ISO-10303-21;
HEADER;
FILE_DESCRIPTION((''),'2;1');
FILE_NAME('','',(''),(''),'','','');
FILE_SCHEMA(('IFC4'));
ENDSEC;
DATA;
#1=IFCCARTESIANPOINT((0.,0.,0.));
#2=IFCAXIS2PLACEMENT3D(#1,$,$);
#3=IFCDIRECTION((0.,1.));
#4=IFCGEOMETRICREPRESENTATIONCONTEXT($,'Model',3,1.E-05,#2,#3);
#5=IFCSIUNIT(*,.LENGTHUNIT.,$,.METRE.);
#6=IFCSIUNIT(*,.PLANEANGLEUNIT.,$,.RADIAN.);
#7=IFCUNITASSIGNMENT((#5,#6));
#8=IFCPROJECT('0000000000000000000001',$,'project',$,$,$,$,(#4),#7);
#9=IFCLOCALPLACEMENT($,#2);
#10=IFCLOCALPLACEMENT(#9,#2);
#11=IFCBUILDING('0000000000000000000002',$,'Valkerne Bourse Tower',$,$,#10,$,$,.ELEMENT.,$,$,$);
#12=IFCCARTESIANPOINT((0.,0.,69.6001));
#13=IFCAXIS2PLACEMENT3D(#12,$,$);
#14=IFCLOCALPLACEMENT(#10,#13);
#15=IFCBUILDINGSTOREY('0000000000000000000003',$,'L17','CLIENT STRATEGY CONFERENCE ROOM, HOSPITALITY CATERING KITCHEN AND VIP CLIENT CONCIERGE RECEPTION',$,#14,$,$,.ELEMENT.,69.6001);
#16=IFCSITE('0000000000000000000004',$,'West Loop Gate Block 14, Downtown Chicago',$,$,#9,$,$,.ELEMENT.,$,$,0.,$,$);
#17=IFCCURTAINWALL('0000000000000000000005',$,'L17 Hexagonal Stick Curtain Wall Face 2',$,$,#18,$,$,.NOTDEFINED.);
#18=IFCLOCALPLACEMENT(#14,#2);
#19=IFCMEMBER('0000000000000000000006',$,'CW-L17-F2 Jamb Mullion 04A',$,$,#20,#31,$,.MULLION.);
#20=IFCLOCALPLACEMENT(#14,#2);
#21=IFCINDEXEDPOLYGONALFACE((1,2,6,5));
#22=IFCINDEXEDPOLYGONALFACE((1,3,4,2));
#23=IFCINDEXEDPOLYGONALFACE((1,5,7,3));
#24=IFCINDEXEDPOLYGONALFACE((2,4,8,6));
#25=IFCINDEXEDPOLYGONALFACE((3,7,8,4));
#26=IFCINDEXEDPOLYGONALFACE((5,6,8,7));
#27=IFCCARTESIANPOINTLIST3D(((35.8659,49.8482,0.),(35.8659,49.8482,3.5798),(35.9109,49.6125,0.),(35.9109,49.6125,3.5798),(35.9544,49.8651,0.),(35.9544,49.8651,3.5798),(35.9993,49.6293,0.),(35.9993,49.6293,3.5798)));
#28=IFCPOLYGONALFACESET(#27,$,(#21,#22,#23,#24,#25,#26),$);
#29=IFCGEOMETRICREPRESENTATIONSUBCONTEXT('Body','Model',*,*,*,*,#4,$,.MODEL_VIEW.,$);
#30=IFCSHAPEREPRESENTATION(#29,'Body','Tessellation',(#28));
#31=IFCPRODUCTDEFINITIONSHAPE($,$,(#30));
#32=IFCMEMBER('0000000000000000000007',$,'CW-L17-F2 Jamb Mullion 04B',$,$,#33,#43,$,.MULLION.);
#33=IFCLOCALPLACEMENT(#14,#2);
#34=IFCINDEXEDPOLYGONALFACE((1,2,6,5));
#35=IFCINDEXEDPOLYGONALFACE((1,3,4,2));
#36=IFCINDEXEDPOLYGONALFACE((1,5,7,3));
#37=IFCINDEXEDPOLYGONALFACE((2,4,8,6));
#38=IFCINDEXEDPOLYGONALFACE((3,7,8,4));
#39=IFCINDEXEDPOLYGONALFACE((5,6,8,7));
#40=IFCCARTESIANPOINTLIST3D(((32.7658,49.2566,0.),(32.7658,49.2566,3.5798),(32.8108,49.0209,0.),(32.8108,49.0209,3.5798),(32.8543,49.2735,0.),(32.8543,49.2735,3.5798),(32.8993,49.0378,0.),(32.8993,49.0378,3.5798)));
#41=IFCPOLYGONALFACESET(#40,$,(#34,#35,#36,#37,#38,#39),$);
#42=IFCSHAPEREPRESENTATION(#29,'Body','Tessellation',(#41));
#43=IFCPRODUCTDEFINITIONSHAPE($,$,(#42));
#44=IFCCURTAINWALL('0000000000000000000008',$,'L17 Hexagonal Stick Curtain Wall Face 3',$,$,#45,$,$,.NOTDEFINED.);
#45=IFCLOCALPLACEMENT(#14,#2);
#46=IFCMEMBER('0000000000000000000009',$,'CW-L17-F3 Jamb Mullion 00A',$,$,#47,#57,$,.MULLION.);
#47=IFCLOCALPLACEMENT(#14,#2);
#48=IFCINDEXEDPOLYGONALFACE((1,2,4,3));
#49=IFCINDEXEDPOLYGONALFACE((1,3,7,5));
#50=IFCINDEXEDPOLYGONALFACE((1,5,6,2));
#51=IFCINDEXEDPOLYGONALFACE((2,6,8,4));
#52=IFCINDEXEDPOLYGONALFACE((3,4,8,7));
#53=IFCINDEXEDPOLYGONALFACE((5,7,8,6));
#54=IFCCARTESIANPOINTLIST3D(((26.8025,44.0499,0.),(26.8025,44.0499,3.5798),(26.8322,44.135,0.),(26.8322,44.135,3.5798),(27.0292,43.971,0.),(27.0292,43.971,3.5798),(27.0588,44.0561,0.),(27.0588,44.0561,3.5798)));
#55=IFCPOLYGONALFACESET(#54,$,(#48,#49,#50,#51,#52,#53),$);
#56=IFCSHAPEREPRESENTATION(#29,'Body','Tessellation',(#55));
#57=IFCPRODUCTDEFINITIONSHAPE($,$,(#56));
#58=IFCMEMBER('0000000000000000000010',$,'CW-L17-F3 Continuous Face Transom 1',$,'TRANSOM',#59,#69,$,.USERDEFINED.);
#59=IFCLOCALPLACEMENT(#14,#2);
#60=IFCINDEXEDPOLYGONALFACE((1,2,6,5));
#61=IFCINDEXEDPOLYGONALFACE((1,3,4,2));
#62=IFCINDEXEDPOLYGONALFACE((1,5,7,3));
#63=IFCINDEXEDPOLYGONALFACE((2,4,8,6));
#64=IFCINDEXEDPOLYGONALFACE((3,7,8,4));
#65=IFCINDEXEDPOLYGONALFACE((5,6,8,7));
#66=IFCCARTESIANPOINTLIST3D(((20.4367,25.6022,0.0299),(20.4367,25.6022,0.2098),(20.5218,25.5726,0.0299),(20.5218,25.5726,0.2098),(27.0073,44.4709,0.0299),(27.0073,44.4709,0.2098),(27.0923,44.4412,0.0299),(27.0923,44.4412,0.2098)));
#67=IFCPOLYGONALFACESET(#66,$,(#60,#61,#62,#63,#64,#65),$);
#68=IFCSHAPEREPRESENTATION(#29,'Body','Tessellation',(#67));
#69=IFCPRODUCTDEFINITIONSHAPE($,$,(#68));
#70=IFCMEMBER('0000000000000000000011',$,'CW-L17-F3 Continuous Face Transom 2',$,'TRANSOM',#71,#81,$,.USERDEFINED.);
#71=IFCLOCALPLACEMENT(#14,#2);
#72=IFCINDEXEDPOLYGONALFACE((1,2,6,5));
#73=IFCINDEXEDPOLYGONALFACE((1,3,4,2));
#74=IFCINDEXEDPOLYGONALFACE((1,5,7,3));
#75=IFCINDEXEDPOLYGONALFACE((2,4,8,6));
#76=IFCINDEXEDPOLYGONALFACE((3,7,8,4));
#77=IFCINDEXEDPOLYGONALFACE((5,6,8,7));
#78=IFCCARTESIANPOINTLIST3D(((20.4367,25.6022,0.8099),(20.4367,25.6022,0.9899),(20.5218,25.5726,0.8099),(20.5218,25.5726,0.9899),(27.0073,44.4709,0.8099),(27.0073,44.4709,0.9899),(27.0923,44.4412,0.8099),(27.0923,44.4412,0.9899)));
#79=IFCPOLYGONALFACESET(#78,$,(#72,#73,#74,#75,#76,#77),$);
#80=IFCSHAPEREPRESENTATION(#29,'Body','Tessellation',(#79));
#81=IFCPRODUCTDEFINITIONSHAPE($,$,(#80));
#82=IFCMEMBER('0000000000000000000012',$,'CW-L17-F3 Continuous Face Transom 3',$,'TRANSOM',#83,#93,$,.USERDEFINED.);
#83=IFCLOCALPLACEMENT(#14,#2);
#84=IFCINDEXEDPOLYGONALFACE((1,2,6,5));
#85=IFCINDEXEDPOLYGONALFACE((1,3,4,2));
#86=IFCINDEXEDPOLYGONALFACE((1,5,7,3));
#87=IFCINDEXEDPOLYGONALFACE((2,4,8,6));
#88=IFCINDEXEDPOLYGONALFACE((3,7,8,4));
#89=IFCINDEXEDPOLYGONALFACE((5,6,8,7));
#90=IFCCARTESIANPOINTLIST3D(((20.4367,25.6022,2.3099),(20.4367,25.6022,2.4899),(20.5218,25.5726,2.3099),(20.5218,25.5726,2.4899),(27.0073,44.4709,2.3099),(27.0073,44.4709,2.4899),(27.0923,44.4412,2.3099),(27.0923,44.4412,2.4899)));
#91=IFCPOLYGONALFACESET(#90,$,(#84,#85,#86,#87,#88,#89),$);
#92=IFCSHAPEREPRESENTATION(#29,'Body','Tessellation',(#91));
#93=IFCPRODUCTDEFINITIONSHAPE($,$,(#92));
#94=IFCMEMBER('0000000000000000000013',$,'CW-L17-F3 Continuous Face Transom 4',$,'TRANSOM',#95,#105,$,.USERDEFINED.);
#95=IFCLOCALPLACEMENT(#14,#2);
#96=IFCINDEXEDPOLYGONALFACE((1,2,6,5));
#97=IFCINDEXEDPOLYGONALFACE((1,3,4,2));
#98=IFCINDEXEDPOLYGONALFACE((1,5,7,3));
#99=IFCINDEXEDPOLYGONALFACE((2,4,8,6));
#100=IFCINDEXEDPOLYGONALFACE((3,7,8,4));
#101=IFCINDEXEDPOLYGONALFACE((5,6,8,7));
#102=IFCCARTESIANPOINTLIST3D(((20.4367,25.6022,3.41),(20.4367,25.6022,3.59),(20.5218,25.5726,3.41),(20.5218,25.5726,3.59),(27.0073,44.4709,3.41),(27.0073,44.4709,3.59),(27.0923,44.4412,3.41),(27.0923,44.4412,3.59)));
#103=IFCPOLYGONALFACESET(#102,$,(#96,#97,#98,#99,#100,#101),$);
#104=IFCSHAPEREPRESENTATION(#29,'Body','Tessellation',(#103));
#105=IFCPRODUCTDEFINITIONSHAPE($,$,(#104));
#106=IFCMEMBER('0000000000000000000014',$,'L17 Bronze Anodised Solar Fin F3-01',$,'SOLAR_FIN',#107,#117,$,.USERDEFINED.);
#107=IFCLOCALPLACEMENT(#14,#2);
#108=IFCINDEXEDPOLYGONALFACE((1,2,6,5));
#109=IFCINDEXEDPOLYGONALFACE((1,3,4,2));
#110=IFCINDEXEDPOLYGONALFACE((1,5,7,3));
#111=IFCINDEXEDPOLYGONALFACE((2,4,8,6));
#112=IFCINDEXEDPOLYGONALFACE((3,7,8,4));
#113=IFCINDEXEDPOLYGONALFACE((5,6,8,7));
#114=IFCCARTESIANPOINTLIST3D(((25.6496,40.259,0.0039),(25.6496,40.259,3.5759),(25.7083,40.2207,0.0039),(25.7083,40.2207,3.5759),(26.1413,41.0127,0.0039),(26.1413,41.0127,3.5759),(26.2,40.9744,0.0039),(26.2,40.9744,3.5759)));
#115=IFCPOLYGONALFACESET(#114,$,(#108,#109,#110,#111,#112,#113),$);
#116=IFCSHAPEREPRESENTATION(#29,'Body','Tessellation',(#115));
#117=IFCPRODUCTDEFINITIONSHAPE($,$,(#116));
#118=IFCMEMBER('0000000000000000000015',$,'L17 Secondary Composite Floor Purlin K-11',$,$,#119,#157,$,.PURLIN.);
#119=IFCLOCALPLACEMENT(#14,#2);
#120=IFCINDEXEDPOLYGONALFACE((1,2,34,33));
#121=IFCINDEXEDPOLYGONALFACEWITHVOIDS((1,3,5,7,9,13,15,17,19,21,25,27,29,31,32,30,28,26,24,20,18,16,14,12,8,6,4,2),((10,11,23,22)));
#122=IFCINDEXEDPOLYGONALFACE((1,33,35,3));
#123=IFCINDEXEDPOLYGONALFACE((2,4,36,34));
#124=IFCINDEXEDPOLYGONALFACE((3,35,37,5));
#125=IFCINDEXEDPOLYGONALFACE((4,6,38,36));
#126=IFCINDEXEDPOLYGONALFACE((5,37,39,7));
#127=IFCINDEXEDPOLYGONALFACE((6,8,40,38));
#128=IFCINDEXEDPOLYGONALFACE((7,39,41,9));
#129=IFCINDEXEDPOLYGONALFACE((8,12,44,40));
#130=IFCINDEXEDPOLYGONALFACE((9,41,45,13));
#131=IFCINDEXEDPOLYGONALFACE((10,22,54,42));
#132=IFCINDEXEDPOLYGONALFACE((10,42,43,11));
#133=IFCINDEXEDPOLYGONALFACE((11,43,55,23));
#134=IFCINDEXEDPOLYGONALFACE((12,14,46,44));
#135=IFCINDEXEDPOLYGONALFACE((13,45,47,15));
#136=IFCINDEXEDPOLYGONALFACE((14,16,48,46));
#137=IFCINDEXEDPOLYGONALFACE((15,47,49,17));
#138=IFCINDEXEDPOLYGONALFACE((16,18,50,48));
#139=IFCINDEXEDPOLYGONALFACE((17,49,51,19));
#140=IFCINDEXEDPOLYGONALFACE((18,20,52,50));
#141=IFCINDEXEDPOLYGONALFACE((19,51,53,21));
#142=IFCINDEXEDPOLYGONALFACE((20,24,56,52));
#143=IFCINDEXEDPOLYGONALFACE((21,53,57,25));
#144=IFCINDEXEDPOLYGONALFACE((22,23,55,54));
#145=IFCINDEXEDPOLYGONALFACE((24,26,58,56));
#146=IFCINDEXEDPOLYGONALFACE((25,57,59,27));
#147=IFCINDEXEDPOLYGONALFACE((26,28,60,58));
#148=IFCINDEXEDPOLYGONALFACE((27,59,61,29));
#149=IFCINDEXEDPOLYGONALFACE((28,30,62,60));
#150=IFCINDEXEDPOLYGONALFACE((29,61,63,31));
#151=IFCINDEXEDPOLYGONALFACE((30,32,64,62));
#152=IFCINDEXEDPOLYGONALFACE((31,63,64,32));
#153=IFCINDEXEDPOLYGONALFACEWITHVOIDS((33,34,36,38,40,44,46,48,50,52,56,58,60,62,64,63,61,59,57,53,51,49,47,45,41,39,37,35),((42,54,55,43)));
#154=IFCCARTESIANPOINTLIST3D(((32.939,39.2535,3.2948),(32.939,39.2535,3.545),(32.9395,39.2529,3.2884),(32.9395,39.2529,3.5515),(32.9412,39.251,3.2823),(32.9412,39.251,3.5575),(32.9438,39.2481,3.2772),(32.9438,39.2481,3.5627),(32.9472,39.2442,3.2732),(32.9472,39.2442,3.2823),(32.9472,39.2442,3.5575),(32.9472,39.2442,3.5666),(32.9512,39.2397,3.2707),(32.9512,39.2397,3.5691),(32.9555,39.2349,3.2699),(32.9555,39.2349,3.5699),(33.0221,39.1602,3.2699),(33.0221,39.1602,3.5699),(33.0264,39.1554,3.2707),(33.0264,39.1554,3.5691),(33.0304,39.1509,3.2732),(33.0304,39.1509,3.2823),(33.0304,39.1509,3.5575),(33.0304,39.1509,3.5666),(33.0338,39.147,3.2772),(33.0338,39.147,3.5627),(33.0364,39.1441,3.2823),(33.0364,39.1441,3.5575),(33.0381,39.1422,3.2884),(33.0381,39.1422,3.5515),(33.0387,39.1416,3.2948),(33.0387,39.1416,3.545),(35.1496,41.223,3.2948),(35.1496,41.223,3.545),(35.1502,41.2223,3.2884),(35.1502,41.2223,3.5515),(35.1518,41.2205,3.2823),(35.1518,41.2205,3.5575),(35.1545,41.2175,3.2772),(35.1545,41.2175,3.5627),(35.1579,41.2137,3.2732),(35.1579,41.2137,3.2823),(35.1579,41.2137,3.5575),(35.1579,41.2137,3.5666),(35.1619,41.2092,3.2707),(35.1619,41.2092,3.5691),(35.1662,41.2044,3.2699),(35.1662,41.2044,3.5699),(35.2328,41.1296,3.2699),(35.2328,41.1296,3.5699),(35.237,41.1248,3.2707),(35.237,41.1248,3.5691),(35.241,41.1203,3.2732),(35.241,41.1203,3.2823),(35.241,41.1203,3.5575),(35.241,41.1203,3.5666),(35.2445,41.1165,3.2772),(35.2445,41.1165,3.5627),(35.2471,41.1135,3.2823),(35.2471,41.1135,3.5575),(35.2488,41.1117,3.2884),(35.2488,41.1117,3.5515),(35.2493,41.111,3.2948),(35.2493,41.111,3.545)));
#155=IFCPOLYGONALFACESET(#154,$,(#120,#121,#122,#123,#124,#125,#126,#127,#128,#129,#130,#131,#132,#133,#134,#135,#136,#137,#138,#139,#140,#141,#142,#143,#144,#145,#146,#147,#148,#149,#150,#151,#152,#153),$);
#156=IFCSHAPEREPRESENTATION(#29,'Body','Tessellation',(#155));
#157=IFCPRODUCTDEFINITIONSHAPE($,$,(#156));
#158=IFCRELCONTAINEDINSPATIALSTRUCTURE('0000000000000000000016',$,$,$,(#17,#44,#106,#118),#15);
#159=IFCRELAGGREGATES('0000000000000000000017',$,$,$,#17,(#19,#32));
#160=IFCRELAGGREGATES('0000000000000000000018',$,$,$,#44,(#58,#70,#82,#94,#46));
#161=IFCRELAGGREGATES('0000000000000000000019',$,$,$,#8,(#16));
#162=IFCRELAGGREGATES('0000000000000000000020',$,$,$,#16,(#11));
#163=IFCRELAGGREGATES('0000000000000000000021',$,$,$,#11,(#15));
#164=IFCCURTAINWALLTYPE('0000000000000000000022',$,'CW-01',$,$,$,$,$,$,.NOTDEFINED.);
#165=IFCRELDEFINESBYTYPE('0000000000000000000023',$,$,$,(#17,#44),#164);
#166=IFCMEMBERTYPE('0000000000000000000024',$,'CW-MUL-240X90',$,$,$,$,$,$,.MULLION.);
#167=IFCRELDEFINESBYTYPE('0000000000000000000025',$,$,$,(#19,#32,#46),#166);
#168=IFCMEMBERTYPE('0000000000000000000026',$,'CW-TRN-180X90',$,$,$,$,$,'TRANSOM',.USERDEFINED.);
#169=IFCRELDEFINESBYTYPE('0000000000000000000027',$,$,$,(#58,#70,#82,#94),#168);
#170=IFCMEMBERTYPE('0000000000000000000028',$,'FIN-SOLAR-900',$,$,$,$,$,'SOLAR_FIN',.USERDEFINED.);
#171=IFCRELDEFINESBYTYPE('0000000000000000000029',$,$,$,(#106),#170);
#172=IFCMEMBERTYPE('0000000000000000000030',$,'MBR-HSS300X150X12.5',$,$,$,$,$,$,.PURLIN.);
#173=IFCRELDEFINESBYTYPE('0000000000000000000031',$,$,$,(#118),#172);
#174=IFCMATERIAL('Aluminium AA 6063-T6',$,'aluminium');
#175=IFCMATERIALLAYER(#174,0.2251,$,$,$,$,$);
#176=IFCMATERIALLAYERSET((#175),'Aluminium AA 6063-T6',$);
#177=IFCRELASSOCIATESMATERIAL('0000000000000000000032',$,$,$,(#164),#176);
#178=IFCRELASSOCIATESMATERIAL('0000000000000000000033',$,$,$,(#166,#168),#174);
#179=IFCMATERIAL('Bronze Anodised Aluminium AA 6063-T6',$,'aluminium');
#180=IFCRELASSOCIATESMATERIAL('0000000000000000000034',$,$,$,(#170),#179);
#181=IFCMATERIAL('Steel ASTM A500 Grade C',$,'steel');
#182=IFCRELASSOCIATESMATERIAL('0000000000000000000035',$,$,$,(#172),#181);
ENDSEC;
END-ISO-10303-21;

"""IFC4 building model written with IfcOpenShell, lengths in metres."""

from ifc_helpers import new_model, si_unit, direction, frame, origin, origin_2d, place, context, subcontext, project, spatial, rectangle, hollow_rectangle, extrude, material, layer, layer_set, material_profile, profile_set, type_object, element, aggregate, save


model = new_model("IFC4")

# Units and contexts
model_context = context("Model", 3, precision=1e-05, world=origin(), true_north=direction((0.0, 1.0)))
body_context = subcontext(model_context, "Body", "Model", "MODEL_VIEW")
ifc_project = project(units=[si_unit("LENGTHUNIT", "METRE"), si_unit("PLANEANGLEUNIT", "RADIAN")], contexts=[model_context])

# Site, building, storey
site_placement = place(None, origin())
site = spatial("IfcSite", under=ifc_project, at=site_placement, Name="West Loop Gate Block 14, Downtown Chicago", CompositionType="ELEMENT", RefElevation=0.0)
building_placement = place(site_placement, origin())
building = spatial("IfcBuilding", under=site, at=building_placement, Name="Valkerne Bourse Tower", CompositionType="ELEMENT")
storey_placement = place(building_placement, frame((0.0, 0.0, 69.6001)))
storey = spatial("IfcBuildingStorey", under=building, at=storey_placement, Name="L17", Description="CLIENT STRATEGY CONFERENCE ROOM, HOSPITALITY CATERING KITCHEN AND VIP CLIENT CONCIERGE RECEPTION", CompositionType="ELEMENT", Elevation=69.6001)

# Curtain walls, members
ifc_material_1 = material(Name="Aluminium AA 6063-T6", Category="aluminium")
ifc_layer_1 = layer(ifc_material_1, 0.2251)
ifc_layer_set_1 = layer_set([ifc_layer_1], Name="Aluminium AA 6063-T6")
curtain_wall_type = type_object("IfcCurtainWallType", Name="CW-01", PredefinedType="NOTDEFINED", material=ifc_layer_set_1)
curtain_wall_1_placement = place(storey_placement, origin())
curtain_wall_1 = element("IfcCurtainWall", 1, at=curtain_wall_1_placement, inside=storey, type_object=curtain_wall_type, Name="L17 Hexagonal Stick Curtain Wall Face 2", PredefinedType="NOTDEFINED")
ifc_material_profile_1 = material_profile(ifc_material_1, rectangle(XDim=0.0901, YDim=0.24, at=origin_2d()), Name="CWM-90X240")
ifc_profile_set_1 = profile_set([ifc_material_profile_1], Name="Aluminium AA 6063-T6")
member_type_1 = type_object("IfcMemberType", Name="CW-MUL-240X90", PredefinedType="MULLION", material=ifc_profile_set_1)
member_1_placement = place(storey_placement, frame((35.9326, 49.7388, 0.0), z_axis=(0.0, 0.0, 1.0), x_axis=(-0.982286, -0.187388, 0.0)))
member_1 = element("IfcMember", 2, at=member_1_placement, type_object=member_type_1, Name="CW-L17-F2 Jamb Mullion 04A", PredefinedType="MULLION", context=body_context, shape_type="SweptSolid", body=[
    extrude(rectangle(XDim=0.0901, YDim=0.24, at=origin_2d()), origin(), (0.0, 0.0, 1.0), 3.5798),
])
member_2_placement = place(storey_placement, frame((32.8325, 49.1472, 0.0), z_axis=(0.0, 0.0, 1.0), x_axis=(-0.982286, -0.187388, 0.0)))
member_2 = element("IfcMember", 3, at=member_2_placement, type_object=member_type_1, Name="CW-L17-F2 Jamb Mullion 04B", PredefinedType="MULLION", context=body_context, shape_type="SweptSolid", body=[
    extrude(rectangle(XDim=0.0901, YDim=0.24, at=origin_2d()), origin(), (0.0, 0.0, 1.0), 3.5798),
])
curtain_wall_2_placement = place(storey_placement, origin())
curtain_wall_2 = element("IfcCurtainWall", 4, at=curtain_wall_2_placement, inside=storey, type_object=curtain_wall_type, Name="L17 Hexagonal Stick Curtain Wall Face 3", PredefinedType="NOTDEFINED")
member_3_placement = place(storey_placement, frame((26.9307, 44.053, 0.0), z_axis=(0.0, 0.0, 1.0), x_axis=(-0.328857, -0.94438, 0.0)))
member_3 = element("IfcMember", 5, at=member_3_placement, type_object=member_type_1, Name="CW-L17-F3 Jamb Mullion 00A", PredefinedType="MULLION", context=body_context, shape_type="SweptSolid", body=[
    extrude(rectangle(XDim=0.0901, YDim=0.24, at=origin_2d()), origin(), (0.0, 0.0, 1.0), 3.5798),
])
ifc_material_profile_2 = material_profile(ifc_material_1, rectangle(XDim=0.0901, YDim=0.1799, at=origin_2d()), Name="CWT-90X180")
ifc_profile_set_2 = profile_set([ifc_material_profile_2], Name="Aluminium AA 6063-T6")
member_type_2 = type_object("IfcMemberType", Name="CW-TRN-180X90", ElementType="TRANSOM", PredefinedType="USERDEFINED", material=ifc_profile_set_2)
member_4_placement = place(storey_placement, frame((27.0498, 44.4561, 0.1199), z_axis=(-0.328858, -0.94438, 0.0), x_axis=(0.94438, -0.328858, 0.0)))
member_4 = element("IfcMember", 6, at=member_4_placement, type_object=member_type_2, Name="CW-L17-F3 Continuous Face Transom 1", ObjectType="TRANSOM", PredefinedType="USERDEFINED", context=body_context, shape_type="SweptSolid", body=[
    extrude(rectangle(XDim=0.0901, YDim=0.1799, at=origin_2d()), origin(), (0.0, 0.0, 1.0), 19.98),
])
member_5_placement = place(storey_placement, frame((27.0498, 44.4561, 0.8999), z_axis=(-0.328858, -0.94438, 0.0), x_axis=(0.94438, -0.328858, 0.0)))
member_5 = element("IfcMember", 7, at=member_5_placement, type_object=member_type_2, Name="CW-L17-F3 Continuous Face Transom 2", ObjectType="TRANSOM", PredefinedType="USERDEFINED", context=body_context, shape_type="SweptSolid", body=[
    extrude(rectangle(XDim=0.0901, YDim=0.1799, at=origin_2d()), origin(), (0.0, 0.0, 1.0), 19.98),
])
member_6_placement = place(storey_placement, frame((27.0498, 44.4561, 2.3999), z_axis=(-0.328858, -0.94438, 0.0), x_axis=(0.94438, -0.328858, 0.0)))
member_6 = element("IfcMember", 8, at=member_6_placement, type_object=member_type_2, Name="CW-L17-F3 Continuous Face Transom 3", ObjectType="TRANSOM", PredefinedType="USERDEFINED", context=body_context, shape_type="SweptSolid", body=[
    extrude(rectangle(XDim=0.0901, YDim=0.1799, at=origin_2d()), origin(), (0.0, 0.0, 1.0), 19.98),
])
member_7_placement = place(storey_placement, frame((27.0498, 44.4561, 3.5), z_axis=(-0.328858, -0.94438, 0.0), x_axis=(0.94438, -0.328858, 0.0)))
member_7 = element("IfcMember", 9, at=member_7_placement, type_object=member_type_2, Name="CW-L17-F3 Continuous Face Transom 4", ObjectType="TRANSOM", PredefinedType="USERDEFINED", context=body_context, shape_type="SweptSolid", body=[
    extrude(rectangle(XDim=0.0901, YDim=0.1799, at=origin_2d()), origin(), (0.0, 0.0, 1.0), 19.98),
])

# Members
ifc_material_2 = material(Name="Bronze Anodised Aluminium AA 6063-T6", Category="aluminium")
ifc_material_profile_3 = material_profile(ifc_material_2, rectangle(XDim=0.0701, YDim=0.8999, at=origin_2d()), Name="FIN-70X900")
ifc_profile_set_3 = profile_set([ifc_material_profile_3], Name="Bronze Anodised Aluminium AA 6063-T6")
member_type_3 = type_object("IfcMemberType", Name="FIN-SOLAR-900", ElementType="SOLAR_FIN", PredefinedType="USERDEFINED", material=ifc_profile_set_3)
member_8_placement = place(storey_placement, frame((25.9248, 40.6167, 0.0039), z_axis=(0.0, 0.0, 1.0), x_axis=(-0.837564, 0.54634, 0.0)))
element("IfcMember", 10, at=member_8_placement, inside=storey, type_object=member_type_3, Name="L17 Bronze Anodised Solar Fin F3-01", ObjectType="SOLAR_FIN", PredefinedType="USERDEFINED", context=body_context, shape_type="SweptSolid", body=[
    extrude(rectangle(XDim=0.0701, YDim=0.8999, at=origin_2d()), origin(), (0.0, 0.0, 1.0), 3.572),
])
ifc_material_3 = material(Name="Steel ASTM A500 Grade C", Category="steel")
ifc_material_profile_4 = material_profile(ifc_material_3, hollow_rectangle(XDim=0.1499, YDim=0.3, WallThickness=0.0125, OuterFilletRadius=0.0249, at=origin_2d()), Name="HSS300X150X12.5")
ifc_profile_set_4 = profile_set([ifc_material_profile_4], Name="Steel ASTM A500 Grade C")
member_type_4 = type_object("IfcMemberType", Name="MBR-HSS300X150X12.5", PredefinedType="PURLIN", material=ifc_profile_set_4)
member_9_placement = place(storey_placement, frame((35.1995, 41.167, 3.4199), z_axis=(-0.746667, -0.665198, 0.0), x_axis=(0.665198, -0.746667, 0.0)))
element("IfcMember", 11, at=member_9_placement, inside=storey, type_object=member_type_4, Name="L17 Secondary Composite Floor Purlin K-11", PredefinedType="PURLIN", context=body_context, shape_type="SweptSolid", body=[
    extrude(hollow_rectangle(XDim=0.1499, YDim=0.3, WallThickness=0.0125, OuterFilletRadius=0.0249, at=origin_2d()), origin(), (0.0, 0.0, 1.0), 2.9607),
])

aggregate(curtain_wall_1, [member_1, member_2])
aggregate(curtain_wall_2, [member_4, member_5, member_6, member_7, member_3])

save(model, "model.ifc")
